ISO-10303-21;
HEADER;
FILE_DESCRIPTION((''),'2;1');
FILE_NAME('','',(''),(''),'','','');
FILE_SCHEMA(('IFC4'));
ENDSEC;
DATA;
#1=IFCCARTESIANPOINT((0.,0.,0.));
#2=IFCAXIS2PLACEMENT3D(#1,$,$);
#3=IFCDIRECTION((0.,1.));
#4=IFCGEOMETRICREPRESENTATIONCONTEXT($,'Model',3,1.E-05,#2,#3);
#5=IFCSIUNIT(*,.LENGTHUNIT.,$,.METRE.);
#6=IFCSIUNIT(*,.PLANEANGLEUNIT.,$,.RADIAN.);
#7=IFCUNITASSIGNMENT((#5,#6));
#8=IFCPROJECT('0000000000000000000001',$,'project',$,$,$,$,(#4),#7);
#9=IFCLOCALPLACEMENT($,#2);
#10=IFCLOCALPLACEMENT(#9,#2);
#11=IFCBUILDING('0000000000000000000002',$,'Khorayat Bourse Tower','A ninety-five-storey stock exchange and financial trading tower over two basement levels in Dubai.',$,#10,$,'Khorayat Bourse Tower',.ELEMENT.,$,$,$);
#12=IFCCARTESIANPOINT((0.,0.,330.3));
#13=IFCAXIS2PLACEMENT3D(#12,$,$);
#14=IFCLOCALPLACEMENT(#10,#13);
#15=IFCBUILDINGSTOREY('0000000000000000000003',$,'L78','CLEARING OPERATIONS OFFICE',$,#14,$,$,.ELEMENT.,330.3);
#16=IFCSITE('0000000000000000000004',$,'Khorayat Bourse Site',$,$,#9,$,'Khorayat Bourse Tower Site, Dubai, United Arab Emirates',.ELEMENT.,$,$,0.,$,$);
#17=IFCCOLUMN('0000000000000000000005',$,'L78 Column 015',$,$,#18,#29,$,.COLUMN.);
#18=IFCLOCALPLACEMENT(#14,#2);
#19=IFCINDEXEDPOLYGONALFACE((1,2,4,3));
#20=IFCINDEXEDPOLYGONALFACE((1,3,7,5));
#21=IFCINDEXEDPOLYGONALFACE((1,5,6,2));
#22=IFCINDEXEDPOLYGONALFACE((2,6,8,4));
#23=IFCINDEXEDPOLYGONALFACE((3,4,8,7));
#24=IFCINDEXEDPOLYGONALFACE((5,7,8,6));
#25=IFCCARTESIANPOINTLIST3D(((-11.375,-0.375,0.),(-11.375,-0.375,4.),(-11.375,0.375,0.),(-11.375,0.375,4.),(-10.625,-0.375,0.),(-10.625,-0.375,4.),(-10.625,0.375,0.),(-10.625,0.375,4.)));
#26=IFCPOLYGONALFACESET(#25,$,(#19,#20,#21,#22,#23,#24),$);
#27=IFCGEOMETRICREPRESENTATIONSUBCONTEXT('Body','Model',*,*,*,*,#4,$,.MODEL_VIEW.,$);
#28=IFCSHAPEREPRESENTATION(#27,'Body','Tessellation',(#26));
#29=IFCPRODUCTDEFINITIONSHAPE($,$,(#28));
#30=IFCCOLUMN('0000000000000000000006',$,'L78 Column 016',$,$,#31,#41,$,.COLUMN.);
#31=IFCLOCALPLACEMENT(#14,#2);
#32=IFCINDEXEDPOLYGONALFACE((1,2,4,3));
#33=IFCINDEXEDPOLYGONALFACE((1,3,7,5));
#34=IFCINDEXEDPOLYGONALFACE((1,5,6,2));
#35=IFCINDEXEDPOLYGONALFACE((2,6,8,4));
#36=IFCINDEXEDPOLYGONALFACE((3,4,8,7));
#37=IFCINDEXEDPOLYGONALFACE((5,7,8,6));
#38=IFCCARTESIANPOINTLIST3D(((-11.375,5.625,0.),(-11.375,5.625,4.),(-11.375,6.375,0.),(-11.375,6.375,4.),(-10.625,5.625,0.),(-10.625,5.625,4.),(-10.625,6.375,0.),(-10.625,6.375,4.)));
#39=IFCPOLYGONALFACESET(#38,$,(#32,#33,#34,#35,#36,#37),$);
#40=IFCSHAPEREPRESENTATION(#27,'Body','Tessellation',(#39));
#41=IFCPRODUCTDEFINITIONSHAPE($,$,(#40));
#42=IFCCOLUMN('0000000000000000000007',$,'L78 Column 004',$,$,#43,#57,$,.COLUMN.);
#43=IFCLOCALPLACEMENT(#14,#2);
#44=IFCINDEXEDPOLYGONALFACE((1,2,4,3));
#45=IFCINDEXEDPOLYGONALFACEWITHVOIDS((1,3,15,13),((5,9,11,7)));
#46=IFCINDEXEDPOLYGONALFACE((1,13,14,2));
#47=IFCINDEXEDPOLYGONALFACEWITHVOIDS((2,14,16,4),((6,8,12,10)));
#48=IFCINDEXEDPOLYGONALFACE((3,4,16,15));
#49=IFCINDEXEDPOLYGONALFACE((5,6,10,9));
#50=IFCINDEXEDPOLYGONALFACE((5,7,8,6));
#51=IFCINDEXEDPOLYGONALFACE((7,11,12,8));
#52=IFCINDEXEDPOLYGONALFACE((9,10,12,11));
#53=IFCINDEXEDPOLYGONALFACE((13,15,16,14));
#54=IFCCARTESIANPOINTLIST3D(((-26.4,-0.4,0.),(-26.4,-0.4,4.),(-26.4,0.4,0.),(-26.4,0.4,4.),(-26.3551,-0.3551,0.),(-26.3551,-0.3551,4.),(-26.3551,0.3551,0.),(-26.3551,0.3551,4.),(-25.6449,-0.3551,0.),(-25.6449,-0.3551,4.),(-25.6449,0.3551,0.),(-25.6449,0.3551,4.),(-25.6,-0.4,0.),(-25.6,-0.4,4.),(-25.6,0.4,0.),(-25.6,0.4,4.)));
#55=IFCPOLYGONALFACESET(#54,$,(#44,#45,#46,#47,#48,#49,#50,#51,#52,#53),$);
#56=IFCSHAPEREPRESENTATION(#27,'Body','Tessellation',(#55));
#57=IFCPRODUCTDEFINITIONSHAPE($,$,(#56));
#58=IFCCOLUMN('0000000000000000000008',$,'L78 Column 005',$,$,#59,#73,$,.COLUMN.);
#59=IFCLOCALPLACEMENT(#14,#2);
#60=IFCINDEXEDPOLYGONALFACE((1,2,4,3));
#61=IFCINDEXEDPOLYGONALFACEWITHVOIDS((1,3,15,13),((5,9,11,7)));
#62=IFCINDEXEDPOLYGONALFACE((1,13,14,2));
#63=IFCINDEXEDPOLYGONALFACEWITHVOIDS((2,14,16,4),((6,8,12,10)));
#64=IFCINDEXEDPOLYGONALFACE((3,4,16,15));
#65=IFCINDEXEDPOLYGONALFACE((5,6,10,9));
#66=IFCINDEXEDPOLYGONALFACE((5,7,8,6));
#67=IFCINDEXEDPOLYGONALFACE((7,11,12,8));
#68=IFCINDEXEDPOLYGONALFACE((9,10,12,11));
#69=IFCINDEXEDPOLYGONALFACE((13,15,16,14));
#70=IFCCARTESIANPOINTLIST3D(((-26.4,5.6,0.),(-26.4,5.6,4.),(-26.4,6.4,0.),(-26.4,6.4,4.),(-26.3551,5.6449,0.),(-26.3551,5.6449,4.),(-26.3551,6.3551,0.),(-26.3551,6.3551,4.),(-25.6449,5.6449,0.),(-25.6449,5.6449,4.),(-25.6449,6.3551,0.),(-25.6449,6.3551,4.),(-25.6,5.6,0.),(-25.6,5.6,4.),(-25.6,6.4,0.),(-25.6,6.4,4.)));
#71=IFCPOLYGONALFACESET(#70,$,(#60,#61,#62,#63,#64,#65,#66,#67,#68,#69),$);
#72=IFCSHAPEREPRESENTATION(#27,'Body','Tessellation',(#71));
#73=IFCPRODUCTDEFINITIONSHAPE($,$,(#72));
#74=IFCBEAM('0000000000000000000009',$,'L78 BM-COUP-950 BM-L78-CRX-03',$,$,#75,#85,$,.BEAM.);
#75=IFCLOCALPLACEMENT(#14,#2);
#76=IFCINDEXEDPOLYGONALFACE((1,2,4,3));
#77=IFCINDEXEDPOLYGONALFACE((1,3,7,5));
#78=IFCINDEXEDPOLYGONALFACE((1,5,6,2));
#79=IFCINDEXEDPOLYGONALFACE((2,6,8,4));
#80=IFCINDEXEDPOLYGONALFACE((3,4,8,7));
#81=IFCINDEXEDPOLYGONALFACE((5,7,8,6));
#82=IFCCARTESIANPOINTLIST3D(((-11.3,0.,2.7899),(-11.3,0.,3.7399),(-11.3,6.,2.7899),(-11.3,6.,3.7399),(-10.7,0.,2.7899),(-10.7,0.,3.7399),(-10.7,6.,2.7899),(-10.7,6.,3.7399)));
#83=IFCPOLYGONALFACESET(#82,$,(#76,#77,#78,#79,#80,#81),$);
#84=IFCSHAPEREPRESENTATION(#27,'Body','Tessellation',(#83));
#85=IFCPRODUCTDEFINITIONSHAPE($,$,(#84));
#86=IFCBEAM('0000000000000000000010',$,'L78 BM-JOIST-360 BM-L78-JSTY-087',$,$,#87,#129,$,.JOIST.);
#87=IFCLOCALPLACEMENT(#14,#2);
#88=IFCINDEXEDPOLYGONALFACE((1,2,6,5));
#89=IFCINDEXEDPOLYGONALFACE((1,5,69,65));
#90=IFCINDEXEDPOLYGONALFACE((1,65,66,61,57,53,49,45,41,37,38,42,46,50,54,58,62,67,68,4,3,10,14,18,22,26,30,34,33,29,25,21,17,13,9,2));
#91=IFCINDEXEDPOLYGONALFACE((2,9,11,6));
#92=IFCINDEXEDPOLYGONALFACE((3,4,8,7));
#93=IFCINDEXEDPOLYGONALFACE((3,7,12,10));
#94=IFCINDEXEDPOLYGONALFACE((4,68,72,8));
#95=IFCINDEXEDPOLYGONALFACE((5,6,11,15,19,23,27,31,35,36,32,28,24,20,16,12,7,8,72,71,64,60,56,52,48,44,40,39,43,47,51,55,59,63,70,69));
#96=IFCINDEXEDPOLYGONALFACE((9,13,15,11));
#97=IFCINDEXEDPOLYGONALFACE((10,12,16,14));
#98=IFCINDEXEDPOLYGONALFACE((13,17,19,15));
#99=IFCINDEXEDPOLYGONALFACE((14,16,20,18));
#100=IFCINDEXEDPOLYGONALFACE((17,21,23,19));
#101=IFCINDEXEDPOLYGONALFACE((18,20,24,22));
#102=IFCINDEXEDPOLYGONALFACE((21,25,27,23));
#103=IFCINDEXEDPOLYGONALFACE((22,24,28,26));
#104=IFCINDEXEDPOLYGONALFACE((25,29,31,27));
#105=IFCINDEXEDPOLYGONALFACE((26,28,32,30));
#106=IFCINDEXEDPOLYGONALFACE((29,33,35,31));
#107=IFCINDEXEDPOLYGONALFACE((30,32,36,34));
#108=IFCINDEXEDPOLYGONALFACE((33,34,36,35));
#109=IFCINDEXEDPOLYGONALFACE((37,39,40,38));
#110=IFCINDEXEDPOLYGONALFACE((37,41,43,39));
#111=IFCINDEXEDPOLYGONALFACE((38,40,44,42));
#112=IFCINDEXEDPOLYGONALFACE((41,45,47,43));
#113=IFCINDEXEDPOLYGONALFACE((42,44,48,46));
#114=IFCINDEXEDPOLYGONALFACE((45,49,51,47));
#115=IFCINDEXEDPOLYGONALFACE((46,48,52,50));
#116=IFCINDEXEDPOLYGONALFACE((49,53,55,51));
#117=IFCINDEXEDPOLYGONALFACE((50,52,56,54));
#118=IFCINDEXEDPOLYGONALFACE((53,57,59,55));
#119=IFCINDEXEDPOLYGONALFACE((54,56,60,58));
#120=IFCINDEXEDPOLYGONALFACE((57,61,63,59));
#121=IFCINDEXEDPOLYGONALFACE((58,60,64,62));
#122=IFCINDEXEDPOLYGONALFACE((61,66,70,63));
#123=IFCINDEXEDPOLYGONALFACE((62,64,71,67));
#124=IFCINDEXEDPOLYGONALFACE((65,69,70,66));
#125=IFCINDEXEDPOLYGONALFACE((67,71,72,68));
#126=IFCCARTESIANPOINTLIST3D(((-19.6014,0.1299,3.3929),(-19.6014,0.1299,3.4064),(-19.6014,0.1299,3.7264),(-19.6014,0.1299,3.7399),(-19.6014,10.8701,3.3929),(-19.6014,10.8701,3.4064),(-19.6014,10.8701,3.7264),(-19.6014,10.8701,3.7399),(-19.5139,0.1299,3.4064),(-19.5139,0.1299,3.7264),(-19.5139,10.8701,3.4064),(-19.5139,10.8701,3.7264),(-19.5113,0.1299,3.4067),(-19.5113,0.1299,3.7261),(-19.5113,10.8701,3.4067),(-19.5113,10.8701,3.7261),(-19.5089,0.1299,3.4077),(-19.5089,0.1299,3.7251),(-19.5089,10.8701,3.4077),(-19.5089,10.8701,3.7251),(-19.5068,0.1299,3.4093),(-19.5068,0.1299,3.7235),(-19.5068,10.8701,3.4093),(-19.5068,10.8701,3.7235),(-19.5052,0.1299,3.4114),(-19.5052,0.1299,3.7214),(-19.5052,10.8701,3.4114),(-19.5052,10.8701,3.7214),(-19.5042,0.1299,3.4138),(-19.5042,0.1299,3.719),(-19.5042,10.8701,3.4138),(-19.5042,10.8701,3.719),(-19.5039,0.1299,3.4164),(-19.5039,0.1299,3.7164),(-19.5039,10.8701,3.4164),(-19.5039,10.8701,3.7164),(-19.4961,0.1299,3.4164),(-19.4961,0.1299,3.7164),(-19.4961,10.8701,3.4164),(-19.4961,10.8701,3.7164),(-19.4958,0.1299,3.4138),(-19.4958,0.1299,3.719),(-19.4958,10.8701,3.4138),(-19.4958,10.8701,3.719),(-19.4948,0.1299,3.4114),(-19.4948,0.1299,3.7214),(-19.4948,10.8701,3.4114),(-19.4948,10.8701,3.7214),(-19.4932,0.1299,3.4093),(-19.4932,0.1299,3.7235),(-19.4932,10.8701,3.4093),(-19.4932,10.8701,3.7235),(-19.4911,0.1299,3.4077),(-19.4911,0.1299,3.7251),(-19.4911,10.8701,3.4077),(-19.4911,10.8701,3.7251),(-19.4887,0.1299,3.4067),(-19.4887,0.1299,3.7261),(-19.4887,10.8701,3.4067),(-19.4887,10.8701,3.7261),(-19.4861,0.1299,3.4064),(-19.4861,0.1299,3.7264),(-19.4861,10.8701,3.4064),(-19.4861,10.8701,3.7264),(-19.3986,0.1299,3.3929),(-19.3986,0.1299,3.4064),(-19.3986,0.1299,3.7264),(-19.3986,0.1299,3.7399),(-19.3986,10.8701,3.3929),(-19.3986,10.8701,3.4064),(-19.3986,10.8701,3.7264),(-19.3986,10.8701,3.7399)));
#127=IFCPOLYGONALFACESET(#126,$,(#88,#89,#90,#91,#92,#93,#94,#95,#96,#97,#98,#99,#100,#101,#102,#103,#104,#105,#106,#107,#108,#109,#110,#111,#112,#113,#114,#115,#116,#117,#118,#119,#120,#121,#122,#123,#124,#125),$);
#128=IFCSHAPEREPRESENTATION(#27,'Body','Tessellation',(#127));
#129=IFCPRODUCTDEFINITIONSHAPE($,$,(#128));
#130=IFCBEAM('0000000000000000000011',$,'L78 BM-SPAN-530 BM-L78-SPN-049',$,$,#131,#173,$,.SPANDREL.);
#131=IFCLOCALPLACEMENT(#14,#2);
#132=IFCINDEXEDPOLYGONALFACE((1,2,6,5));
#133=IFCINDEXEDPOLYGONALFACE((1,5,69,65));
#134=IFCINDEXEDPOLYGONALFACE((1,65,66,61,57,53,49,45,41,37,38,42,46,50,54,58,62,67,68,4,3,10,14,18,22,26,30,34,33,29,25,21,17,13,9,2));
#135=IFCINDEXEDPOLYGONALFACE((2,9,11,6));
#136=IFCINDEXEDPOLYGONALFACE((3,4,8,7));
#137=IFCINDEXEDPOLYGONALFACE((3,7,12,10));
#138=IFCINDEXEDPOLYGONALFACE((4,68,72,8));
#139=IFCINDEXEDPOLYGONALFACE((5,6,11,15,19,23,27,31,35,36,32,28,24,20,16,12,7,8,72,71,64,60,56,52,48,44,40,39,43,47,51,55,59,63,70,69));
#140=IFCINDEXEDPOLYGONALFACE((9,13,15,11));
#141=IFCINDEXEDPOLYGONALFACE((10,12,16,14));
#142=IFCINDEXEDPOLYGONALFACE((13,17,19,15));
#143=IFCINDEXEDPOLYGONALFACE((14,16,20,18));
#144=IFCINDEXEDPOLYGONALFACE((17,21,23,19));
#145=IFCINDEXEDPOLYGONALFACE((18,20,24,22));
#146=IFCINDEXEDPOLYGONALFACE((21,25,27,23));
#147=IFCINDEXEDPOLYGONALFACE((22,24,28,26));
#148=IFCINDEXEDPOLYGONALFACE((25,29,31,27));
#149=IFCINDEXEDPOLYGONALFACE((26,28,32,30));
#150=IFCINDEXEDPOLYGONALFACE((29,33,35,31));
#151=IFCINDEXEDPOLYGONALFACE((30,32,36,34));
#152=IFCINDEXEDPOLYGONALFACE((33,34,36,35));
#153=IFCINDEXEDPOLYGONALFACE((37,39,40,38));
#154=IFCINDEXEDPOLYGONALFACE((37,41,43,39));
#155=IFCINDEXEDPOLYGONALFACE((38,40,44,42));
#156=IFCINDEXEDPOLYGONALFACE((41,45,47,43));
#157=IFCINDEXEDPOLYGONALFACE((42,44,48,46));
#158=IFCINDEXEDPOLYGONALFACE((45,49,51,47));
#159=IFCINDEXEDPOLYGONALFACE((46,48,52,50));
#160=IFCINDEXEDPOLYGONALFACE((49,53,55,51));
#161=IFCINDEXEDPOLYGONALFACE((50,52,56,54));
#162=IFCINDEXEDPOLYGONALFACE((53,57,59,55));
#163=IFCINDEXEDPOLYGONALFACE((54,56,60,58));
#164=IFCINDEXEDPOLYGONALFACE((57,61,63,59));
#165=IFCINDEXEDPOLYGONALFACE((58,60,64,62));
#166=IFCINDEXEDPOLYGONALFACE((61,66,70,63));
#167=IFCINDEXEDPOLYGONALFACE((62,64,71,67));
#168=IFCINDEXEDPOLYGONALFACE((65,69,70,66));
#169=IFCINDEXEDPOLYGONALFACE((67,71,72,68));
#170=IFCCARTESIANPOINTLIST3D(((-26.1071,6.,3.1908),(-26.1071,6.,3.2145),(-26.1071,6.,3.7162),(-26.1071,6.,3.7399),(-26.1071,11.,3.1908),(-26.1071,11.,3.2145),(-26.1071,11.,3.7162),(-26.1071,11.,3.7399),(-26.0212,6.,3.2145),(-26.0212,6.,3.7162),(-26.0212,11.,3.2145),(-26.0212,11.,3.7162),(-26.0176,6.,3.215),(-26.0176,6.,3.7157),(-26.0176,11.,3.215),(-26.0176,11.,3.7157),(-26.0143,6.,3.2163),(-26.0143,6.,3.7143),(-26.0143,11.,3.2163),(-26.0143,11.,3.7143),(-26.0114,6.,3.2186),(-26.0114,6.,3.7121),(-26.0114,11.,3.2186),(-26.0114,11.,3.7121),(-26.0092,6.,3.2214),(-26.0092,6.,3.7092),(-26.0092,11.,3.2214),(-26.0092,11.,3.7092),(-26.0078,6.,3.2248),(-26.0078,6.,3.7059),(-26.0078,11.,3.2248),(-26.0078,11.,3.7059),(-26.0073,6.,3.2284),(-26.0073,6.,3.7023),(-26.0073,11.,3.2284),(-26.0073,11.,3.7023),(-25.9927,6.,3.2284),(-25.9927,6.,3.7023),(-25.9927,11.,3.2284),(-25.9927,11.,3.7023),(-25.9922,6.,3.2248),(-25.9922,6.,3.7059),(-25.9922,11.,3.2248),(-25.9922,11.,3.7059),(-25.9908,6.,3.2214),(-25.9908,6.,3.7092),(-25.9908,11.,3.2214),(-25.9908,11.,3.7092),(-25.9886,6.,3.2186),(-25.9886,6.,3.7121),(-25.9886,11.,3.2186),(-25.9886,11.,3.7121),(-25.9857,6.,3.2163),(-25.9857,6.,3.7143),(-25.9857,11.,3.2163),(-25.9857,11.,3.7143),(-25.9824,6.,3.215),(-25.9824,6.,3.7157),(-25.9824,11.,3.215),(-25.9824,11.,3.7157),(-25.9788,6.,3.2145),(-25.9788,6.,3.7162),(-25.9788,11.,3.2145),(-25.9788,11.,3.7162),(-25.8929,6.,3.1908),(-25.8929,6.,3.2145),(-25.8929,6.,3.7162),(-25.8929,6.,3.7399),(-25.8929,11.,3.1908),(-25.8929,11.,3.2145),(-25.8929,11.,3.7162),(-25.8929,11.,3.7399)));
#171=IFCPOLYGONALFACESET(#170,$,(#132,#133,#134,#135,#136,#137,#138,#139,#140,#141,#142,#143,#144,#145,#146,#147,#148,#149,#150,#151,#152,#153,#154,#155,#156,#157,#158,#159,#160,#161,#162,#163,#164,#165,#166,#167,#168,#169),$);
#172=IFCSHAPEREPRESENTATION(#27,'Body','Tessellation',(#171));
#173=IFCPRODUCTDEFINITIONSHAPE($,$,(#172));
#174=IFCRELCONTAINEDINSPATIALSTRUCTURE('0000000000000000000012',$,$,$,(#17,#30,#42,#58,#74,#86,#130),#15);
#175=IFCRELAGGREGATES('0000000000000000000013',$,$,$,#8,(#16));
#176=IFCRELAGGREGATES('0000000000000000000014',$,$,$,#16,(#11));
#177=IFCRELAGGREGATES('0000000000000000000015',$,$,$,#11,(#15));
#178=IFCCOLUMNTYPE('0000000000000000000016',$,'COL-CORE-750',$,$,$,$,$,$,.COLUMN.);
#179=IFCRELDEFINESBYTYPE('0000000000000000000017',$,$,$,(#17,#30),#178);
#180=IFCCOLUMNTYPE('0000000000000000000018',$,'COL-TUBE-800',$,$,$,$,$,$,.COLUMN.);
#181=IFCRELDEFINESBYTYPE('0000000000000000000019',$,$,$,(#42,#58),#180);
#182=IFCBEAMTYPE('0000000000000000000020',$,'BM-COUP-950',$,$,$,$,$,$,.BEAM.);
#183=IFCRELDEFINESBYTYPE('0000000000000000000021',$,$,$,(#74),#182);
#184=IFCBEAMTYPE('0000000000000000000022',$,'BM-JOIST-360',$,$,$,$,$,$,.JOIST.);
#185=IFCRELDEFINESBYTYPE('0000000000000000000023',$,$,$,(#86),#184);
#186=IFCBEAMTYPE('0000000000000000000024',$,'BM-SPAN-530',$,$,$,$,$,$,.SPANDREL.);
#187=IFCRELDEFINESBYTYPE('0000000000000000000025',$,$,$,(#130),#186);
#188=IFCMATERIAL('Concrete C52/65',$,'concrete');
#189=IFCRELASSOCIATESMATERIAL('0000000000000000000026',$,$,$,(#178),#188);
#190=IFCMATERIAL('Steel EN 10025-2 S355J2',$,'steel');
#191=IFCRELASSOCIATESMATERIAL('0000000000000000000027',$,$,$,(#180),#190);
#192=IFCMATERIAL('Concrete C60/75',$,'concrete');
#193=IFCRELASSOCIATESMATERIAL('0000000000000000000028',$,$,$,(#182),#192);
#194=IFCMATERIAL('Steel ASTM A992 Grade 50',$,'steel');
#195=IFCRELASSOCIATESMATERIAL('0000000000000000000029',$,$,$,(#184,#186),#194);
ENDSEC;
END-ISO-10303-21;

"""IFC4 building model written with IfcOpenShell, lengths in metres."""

from ifc_helpers import new_model, si_unit, direction, frame, origin, origin_2d, place, context, subcontext, project, spatial, rectangle, hollow_rectangle, i_section, extrude, source, transform, mapped, material, material_profile, profile_set, type_object, element, save


model = new_model("IFC4")

# Units and contexts
model_context = context("Model", 3, precision=1e-05, world=origin(), true_north=direction((0.0, 1.0)))
body_context = subcontext(model_context, "Body", "Model", "MODEL_VIEW")
ifc_project = project(units=[si_unit("LENGTHUNIT", "METRE"), si_unit("PLANEANGLEUNIT", "RADIAN")], contexts=[model_context])

# Site, building, storey
site_placement = place(None, origin())
site = spatial("IfcSite", under=ifc_project, at=site_placement, Name="Khorayat Bourse Site", LongName="Khorayat Bourse Tower Site, Dubai, United Arab Emirates", CompositionType="ELEMENT", RefElevation=0.0)
building_placement = place(site_placement, origin())
building = spatial("IfcBuilding", under=site, at=building_placement, Name="Khorayat Bourse Tower", Description="A ninety-five-storey stock exchange and financial trading tower over two basement levels in Dubai.", LongName="Khorayat Bourse Tower", CompositionType="ELEMENT")
storey_placement = place(building_placement, frame((0.0, 0.0, 330.3)))
storey = spatial("IfcBuildingStorey", under=building, at=storey_placement, Name="L78", Description="CLEARING OPERATIONS OFFICE", CompositionType="ELEMENT", Elevation=330.3)

# Columns
ifc_material_1 = material(Name="Concrete C52/65", Category="concrete")
ifc_material_profile_1 = material_profile(ifc_material_1, rectangle(XDim=0.75, YDim=0.75, at=origin_2d()), Name="RC 750x750")
ifc_profile_set_1 = profile_set([ifc_material_profile_1], Name="Concrete C52/65")
column_type_1 = type_object("IfcColumnType", Name="COL-CORE-750", PredefinedType="COLUMN", material=ifc_profile_set_1)
shared_shape_1 = source(origin(), body_context, "Body", "SweptSolid", [
    extrude(rectangle(XDim=0.75, YDim=0.75, at=origin_2d()), origin(), (0.0, 0.0, 1.0), 4.0),
])
for number, where, z_axis, x_axis, name in (
    (1, (-11.0, 0.0, 0.0), (0.0, 0.0, 1.0), (1.0, 0.0, 0.0), "L78 Column 015"),
    (2, (-11.0, 6.0, 0.0), (0.0, 0.0, 1.0), (1.0, 0.0, 0.0), "L78 Column 016"),
):
    element("IfcColumn", number, at=place(storey_placement, frame(where, z_axis=z_axis, x_axis=x_axis)), inside=storey, type_object=column_type_1, Name=name, PredefinedType="COLUMN", context=body_context, shape_type="MappedRepresentation", body=[
        mapped(shared_shape_1, transform((0.0, 0.0, 0.0), scale=1.0)),
    ])
ifc_material_2 = material(Name="Steel EN 10025-2 S355J2", Category="steel")
ifc_material_profile_2 = material_profile(ifc_material_2, hollow_rectangle(XDim=0.8, YDim=0.8, WallThickness=0.0449, at=origin_2d()), Name="BOX 800x800x45")
ifc_profile_set_2 = profile_set([ifc_material_profile_2], Name="Steel EN 10025-2 S355J2")
column_type_2 = type_object("IfcColumnType", Name="COL-TUBE-800", PredefinedType="COLUMN", material=ifc_profile_set_2)
shared_shape_2 = source(origin(), body_context, "Body", "SweptSolid", [
    extrude(hollow_rectangle(XDim=0.8, YDim=0.8, WallThickness=0.0449, at=origin_2d()), origin(), (0.0, 0.0, 1.0), 4.0),
])
for number, where, z_axis, x_axis, name in (
    (3, (-26.0, 0.0, 0.0), (0.0, 0.0, 1.0), (1.0, 0.0, 0.0), "L78 Column 004"),
    (4, (-26.0, 6.0, 0.0), (0.0, 0.0, 1.0), (1.0, 0.0, 0.0), "L78 Column 005"),
):
    element("IfcColumn", number, at=place(storey_placement, frame(where, z_axis=z_axis, x_axis=x_axis)), inside=storey, type_object=column_type_2, Name=name, PredefinedType="COLUMN", context=body_context, shape_type="MappedRepresentation", body=[
        mapped(shared_shape_2, transform((0.0, 0.0, 0.0), scale=1.0)),
    ])

# Beams
ifc_material_3 = material(Name="Concrete C60/75", Category="concrete")
ifc_material_profile_3 = material_profile(ifc_material_3, rectangle(XDim=0.6001, YDim=0.95, at=origin_2d()), Name="RC 600x950")
ifc_profile_set_3 = profile_set([ifc_material_profile_3], Name="Concrete C60/75")
beam_type_1 = type_object("IfcBeamType", Name="BM-COUP-950", PredefinedType="BEAM", material=ifc_profile_set_3)
shared_shape_3 = source(origin(), body_context, "Body", "SweptSolid", [
    extrude(rectangle(XDim=0.6001, YDim=0.95, at=origin_2d()), origin(), (0.0, 0.0, 1.0), 6.0),
])
beam_1_placement = place(storey_placement, frame((-11.0, 0.0, 3.2649), z_axis=(0.0, 1.0, 0.0), x_axis=(-1.0, 0.0, 0.0)))
element("IfcBeam", 5, at=beam_1_placement, inside=storey, type_object=beam_type_1, Name="L78 BM-COUP-950 BM-L78-CRX-03", PredefinedType="BEAM", context=body_context, shape_type="MappedRepresentation", body=[
    mapped(shared_shape_3, transform((0.0, 0.0, 0.0), scale=1.0)),
])
ifc_material_4 = material(Name="Steel ASTM A992 Grade 50", Category="steel")
ifc_material_profile_4 = material_profile(ifc_material_4, i_section(OverallWidth=0.2029, OverallDepth=0.3469, WebThickness=0.0078, FlangeThickness=0.0134, FilletRadius=0.01, at=origin_2d()), Name="W360X64")
ifc_profile_set_4 = profile_set([ifc_material_profile_4], Name="Steel ASTM A992 Grade 50")
beam_type_2 = type_object("IfcBeamType", Name="BM-JOIST-360", PredefinedType="JOIST", material=ifc_profile_set_4)
shared_shape_4 = source(origin(), body_context, "Body", "SweptSolid", [
    extrude(i_section(OverallWidth=0.2029, OverallDepth=0.3469, WebThickness=0.0078, FlangeThickness=0.0134, FilletRadius=0.01, at=origin_2d()), origin(), (0.0, 0.0, 1.0), 10.7402),
])
beam_2_placement = place(storey_placement, frame((-19.5, 0.1299, 3.5664), z_axis=(0.0, 1.0, 0.0), x_axis=(-1.0, 0.0, 0.0)))
element("IfcBeam", 6, at=beam_2_placement, inside=storey, type_object=beam_type_2, Name="L78 BM-JOIST-360 BM-L78-JSTY-087", PredefinedType="JOIST", context=body_context, shape_type="MappedRepresentation", body=[
    mapped(shared_shape_4, transform((0.0, 0.0, 0.0), scale=1.0)),
])
ifc_material_profile_5 = material_profile(ifc_material_4, i_section(OverallWidth=0.2141, OverallDepth=0.5491, WebThickness=0.0146, FlangeThickness=0.0237, FilletRadius=0.0139, at=origin_2d()), Name="W530X138")
ifc_profile_set_5 = profile_set([ifc_material_profile_5], Name="Steel ASTM A992 Grade 50")
beam_type_3 = type_object("IfcBeamType", Name="BM-SPAN-530", PredefinedType="SPANDREL", material=ifc_profile_set_5)
shared_shape_5 = source(origin(), body_context, "Body", "SweptSolid", [
    extrude(i_section(OverallWidth=0.2141, OverallDepth=0.5491, WebThickness=0.0146, FlangeThickness=0.0237, FilletRadius=0.0139, at=origin_2d()), origin(), (0.0, 0.0, 1.0), 5.0),
])
beam_3_placement = place(storey_placement, frame((-26.0, 6.0, 3.4653), z_axis=(0.0, 1.0, 0.0), x_axis=(-1.0, 0.0, 0.0)))
element("IfcBeam", 7, at=beam_3_placement, inside=storey, type_object=beam_type_3, Name="L78 BM-SPAN-530 BM-L78-SPN-049", PredefinedType="SPANDREL", context=body_context, shape_type="MappedRepresentation", body=[
    mapped(shared_shape_5, transform((0.0, 0.0, 0.0), scale=1.0)),
])

save(model, "model.ifc")
